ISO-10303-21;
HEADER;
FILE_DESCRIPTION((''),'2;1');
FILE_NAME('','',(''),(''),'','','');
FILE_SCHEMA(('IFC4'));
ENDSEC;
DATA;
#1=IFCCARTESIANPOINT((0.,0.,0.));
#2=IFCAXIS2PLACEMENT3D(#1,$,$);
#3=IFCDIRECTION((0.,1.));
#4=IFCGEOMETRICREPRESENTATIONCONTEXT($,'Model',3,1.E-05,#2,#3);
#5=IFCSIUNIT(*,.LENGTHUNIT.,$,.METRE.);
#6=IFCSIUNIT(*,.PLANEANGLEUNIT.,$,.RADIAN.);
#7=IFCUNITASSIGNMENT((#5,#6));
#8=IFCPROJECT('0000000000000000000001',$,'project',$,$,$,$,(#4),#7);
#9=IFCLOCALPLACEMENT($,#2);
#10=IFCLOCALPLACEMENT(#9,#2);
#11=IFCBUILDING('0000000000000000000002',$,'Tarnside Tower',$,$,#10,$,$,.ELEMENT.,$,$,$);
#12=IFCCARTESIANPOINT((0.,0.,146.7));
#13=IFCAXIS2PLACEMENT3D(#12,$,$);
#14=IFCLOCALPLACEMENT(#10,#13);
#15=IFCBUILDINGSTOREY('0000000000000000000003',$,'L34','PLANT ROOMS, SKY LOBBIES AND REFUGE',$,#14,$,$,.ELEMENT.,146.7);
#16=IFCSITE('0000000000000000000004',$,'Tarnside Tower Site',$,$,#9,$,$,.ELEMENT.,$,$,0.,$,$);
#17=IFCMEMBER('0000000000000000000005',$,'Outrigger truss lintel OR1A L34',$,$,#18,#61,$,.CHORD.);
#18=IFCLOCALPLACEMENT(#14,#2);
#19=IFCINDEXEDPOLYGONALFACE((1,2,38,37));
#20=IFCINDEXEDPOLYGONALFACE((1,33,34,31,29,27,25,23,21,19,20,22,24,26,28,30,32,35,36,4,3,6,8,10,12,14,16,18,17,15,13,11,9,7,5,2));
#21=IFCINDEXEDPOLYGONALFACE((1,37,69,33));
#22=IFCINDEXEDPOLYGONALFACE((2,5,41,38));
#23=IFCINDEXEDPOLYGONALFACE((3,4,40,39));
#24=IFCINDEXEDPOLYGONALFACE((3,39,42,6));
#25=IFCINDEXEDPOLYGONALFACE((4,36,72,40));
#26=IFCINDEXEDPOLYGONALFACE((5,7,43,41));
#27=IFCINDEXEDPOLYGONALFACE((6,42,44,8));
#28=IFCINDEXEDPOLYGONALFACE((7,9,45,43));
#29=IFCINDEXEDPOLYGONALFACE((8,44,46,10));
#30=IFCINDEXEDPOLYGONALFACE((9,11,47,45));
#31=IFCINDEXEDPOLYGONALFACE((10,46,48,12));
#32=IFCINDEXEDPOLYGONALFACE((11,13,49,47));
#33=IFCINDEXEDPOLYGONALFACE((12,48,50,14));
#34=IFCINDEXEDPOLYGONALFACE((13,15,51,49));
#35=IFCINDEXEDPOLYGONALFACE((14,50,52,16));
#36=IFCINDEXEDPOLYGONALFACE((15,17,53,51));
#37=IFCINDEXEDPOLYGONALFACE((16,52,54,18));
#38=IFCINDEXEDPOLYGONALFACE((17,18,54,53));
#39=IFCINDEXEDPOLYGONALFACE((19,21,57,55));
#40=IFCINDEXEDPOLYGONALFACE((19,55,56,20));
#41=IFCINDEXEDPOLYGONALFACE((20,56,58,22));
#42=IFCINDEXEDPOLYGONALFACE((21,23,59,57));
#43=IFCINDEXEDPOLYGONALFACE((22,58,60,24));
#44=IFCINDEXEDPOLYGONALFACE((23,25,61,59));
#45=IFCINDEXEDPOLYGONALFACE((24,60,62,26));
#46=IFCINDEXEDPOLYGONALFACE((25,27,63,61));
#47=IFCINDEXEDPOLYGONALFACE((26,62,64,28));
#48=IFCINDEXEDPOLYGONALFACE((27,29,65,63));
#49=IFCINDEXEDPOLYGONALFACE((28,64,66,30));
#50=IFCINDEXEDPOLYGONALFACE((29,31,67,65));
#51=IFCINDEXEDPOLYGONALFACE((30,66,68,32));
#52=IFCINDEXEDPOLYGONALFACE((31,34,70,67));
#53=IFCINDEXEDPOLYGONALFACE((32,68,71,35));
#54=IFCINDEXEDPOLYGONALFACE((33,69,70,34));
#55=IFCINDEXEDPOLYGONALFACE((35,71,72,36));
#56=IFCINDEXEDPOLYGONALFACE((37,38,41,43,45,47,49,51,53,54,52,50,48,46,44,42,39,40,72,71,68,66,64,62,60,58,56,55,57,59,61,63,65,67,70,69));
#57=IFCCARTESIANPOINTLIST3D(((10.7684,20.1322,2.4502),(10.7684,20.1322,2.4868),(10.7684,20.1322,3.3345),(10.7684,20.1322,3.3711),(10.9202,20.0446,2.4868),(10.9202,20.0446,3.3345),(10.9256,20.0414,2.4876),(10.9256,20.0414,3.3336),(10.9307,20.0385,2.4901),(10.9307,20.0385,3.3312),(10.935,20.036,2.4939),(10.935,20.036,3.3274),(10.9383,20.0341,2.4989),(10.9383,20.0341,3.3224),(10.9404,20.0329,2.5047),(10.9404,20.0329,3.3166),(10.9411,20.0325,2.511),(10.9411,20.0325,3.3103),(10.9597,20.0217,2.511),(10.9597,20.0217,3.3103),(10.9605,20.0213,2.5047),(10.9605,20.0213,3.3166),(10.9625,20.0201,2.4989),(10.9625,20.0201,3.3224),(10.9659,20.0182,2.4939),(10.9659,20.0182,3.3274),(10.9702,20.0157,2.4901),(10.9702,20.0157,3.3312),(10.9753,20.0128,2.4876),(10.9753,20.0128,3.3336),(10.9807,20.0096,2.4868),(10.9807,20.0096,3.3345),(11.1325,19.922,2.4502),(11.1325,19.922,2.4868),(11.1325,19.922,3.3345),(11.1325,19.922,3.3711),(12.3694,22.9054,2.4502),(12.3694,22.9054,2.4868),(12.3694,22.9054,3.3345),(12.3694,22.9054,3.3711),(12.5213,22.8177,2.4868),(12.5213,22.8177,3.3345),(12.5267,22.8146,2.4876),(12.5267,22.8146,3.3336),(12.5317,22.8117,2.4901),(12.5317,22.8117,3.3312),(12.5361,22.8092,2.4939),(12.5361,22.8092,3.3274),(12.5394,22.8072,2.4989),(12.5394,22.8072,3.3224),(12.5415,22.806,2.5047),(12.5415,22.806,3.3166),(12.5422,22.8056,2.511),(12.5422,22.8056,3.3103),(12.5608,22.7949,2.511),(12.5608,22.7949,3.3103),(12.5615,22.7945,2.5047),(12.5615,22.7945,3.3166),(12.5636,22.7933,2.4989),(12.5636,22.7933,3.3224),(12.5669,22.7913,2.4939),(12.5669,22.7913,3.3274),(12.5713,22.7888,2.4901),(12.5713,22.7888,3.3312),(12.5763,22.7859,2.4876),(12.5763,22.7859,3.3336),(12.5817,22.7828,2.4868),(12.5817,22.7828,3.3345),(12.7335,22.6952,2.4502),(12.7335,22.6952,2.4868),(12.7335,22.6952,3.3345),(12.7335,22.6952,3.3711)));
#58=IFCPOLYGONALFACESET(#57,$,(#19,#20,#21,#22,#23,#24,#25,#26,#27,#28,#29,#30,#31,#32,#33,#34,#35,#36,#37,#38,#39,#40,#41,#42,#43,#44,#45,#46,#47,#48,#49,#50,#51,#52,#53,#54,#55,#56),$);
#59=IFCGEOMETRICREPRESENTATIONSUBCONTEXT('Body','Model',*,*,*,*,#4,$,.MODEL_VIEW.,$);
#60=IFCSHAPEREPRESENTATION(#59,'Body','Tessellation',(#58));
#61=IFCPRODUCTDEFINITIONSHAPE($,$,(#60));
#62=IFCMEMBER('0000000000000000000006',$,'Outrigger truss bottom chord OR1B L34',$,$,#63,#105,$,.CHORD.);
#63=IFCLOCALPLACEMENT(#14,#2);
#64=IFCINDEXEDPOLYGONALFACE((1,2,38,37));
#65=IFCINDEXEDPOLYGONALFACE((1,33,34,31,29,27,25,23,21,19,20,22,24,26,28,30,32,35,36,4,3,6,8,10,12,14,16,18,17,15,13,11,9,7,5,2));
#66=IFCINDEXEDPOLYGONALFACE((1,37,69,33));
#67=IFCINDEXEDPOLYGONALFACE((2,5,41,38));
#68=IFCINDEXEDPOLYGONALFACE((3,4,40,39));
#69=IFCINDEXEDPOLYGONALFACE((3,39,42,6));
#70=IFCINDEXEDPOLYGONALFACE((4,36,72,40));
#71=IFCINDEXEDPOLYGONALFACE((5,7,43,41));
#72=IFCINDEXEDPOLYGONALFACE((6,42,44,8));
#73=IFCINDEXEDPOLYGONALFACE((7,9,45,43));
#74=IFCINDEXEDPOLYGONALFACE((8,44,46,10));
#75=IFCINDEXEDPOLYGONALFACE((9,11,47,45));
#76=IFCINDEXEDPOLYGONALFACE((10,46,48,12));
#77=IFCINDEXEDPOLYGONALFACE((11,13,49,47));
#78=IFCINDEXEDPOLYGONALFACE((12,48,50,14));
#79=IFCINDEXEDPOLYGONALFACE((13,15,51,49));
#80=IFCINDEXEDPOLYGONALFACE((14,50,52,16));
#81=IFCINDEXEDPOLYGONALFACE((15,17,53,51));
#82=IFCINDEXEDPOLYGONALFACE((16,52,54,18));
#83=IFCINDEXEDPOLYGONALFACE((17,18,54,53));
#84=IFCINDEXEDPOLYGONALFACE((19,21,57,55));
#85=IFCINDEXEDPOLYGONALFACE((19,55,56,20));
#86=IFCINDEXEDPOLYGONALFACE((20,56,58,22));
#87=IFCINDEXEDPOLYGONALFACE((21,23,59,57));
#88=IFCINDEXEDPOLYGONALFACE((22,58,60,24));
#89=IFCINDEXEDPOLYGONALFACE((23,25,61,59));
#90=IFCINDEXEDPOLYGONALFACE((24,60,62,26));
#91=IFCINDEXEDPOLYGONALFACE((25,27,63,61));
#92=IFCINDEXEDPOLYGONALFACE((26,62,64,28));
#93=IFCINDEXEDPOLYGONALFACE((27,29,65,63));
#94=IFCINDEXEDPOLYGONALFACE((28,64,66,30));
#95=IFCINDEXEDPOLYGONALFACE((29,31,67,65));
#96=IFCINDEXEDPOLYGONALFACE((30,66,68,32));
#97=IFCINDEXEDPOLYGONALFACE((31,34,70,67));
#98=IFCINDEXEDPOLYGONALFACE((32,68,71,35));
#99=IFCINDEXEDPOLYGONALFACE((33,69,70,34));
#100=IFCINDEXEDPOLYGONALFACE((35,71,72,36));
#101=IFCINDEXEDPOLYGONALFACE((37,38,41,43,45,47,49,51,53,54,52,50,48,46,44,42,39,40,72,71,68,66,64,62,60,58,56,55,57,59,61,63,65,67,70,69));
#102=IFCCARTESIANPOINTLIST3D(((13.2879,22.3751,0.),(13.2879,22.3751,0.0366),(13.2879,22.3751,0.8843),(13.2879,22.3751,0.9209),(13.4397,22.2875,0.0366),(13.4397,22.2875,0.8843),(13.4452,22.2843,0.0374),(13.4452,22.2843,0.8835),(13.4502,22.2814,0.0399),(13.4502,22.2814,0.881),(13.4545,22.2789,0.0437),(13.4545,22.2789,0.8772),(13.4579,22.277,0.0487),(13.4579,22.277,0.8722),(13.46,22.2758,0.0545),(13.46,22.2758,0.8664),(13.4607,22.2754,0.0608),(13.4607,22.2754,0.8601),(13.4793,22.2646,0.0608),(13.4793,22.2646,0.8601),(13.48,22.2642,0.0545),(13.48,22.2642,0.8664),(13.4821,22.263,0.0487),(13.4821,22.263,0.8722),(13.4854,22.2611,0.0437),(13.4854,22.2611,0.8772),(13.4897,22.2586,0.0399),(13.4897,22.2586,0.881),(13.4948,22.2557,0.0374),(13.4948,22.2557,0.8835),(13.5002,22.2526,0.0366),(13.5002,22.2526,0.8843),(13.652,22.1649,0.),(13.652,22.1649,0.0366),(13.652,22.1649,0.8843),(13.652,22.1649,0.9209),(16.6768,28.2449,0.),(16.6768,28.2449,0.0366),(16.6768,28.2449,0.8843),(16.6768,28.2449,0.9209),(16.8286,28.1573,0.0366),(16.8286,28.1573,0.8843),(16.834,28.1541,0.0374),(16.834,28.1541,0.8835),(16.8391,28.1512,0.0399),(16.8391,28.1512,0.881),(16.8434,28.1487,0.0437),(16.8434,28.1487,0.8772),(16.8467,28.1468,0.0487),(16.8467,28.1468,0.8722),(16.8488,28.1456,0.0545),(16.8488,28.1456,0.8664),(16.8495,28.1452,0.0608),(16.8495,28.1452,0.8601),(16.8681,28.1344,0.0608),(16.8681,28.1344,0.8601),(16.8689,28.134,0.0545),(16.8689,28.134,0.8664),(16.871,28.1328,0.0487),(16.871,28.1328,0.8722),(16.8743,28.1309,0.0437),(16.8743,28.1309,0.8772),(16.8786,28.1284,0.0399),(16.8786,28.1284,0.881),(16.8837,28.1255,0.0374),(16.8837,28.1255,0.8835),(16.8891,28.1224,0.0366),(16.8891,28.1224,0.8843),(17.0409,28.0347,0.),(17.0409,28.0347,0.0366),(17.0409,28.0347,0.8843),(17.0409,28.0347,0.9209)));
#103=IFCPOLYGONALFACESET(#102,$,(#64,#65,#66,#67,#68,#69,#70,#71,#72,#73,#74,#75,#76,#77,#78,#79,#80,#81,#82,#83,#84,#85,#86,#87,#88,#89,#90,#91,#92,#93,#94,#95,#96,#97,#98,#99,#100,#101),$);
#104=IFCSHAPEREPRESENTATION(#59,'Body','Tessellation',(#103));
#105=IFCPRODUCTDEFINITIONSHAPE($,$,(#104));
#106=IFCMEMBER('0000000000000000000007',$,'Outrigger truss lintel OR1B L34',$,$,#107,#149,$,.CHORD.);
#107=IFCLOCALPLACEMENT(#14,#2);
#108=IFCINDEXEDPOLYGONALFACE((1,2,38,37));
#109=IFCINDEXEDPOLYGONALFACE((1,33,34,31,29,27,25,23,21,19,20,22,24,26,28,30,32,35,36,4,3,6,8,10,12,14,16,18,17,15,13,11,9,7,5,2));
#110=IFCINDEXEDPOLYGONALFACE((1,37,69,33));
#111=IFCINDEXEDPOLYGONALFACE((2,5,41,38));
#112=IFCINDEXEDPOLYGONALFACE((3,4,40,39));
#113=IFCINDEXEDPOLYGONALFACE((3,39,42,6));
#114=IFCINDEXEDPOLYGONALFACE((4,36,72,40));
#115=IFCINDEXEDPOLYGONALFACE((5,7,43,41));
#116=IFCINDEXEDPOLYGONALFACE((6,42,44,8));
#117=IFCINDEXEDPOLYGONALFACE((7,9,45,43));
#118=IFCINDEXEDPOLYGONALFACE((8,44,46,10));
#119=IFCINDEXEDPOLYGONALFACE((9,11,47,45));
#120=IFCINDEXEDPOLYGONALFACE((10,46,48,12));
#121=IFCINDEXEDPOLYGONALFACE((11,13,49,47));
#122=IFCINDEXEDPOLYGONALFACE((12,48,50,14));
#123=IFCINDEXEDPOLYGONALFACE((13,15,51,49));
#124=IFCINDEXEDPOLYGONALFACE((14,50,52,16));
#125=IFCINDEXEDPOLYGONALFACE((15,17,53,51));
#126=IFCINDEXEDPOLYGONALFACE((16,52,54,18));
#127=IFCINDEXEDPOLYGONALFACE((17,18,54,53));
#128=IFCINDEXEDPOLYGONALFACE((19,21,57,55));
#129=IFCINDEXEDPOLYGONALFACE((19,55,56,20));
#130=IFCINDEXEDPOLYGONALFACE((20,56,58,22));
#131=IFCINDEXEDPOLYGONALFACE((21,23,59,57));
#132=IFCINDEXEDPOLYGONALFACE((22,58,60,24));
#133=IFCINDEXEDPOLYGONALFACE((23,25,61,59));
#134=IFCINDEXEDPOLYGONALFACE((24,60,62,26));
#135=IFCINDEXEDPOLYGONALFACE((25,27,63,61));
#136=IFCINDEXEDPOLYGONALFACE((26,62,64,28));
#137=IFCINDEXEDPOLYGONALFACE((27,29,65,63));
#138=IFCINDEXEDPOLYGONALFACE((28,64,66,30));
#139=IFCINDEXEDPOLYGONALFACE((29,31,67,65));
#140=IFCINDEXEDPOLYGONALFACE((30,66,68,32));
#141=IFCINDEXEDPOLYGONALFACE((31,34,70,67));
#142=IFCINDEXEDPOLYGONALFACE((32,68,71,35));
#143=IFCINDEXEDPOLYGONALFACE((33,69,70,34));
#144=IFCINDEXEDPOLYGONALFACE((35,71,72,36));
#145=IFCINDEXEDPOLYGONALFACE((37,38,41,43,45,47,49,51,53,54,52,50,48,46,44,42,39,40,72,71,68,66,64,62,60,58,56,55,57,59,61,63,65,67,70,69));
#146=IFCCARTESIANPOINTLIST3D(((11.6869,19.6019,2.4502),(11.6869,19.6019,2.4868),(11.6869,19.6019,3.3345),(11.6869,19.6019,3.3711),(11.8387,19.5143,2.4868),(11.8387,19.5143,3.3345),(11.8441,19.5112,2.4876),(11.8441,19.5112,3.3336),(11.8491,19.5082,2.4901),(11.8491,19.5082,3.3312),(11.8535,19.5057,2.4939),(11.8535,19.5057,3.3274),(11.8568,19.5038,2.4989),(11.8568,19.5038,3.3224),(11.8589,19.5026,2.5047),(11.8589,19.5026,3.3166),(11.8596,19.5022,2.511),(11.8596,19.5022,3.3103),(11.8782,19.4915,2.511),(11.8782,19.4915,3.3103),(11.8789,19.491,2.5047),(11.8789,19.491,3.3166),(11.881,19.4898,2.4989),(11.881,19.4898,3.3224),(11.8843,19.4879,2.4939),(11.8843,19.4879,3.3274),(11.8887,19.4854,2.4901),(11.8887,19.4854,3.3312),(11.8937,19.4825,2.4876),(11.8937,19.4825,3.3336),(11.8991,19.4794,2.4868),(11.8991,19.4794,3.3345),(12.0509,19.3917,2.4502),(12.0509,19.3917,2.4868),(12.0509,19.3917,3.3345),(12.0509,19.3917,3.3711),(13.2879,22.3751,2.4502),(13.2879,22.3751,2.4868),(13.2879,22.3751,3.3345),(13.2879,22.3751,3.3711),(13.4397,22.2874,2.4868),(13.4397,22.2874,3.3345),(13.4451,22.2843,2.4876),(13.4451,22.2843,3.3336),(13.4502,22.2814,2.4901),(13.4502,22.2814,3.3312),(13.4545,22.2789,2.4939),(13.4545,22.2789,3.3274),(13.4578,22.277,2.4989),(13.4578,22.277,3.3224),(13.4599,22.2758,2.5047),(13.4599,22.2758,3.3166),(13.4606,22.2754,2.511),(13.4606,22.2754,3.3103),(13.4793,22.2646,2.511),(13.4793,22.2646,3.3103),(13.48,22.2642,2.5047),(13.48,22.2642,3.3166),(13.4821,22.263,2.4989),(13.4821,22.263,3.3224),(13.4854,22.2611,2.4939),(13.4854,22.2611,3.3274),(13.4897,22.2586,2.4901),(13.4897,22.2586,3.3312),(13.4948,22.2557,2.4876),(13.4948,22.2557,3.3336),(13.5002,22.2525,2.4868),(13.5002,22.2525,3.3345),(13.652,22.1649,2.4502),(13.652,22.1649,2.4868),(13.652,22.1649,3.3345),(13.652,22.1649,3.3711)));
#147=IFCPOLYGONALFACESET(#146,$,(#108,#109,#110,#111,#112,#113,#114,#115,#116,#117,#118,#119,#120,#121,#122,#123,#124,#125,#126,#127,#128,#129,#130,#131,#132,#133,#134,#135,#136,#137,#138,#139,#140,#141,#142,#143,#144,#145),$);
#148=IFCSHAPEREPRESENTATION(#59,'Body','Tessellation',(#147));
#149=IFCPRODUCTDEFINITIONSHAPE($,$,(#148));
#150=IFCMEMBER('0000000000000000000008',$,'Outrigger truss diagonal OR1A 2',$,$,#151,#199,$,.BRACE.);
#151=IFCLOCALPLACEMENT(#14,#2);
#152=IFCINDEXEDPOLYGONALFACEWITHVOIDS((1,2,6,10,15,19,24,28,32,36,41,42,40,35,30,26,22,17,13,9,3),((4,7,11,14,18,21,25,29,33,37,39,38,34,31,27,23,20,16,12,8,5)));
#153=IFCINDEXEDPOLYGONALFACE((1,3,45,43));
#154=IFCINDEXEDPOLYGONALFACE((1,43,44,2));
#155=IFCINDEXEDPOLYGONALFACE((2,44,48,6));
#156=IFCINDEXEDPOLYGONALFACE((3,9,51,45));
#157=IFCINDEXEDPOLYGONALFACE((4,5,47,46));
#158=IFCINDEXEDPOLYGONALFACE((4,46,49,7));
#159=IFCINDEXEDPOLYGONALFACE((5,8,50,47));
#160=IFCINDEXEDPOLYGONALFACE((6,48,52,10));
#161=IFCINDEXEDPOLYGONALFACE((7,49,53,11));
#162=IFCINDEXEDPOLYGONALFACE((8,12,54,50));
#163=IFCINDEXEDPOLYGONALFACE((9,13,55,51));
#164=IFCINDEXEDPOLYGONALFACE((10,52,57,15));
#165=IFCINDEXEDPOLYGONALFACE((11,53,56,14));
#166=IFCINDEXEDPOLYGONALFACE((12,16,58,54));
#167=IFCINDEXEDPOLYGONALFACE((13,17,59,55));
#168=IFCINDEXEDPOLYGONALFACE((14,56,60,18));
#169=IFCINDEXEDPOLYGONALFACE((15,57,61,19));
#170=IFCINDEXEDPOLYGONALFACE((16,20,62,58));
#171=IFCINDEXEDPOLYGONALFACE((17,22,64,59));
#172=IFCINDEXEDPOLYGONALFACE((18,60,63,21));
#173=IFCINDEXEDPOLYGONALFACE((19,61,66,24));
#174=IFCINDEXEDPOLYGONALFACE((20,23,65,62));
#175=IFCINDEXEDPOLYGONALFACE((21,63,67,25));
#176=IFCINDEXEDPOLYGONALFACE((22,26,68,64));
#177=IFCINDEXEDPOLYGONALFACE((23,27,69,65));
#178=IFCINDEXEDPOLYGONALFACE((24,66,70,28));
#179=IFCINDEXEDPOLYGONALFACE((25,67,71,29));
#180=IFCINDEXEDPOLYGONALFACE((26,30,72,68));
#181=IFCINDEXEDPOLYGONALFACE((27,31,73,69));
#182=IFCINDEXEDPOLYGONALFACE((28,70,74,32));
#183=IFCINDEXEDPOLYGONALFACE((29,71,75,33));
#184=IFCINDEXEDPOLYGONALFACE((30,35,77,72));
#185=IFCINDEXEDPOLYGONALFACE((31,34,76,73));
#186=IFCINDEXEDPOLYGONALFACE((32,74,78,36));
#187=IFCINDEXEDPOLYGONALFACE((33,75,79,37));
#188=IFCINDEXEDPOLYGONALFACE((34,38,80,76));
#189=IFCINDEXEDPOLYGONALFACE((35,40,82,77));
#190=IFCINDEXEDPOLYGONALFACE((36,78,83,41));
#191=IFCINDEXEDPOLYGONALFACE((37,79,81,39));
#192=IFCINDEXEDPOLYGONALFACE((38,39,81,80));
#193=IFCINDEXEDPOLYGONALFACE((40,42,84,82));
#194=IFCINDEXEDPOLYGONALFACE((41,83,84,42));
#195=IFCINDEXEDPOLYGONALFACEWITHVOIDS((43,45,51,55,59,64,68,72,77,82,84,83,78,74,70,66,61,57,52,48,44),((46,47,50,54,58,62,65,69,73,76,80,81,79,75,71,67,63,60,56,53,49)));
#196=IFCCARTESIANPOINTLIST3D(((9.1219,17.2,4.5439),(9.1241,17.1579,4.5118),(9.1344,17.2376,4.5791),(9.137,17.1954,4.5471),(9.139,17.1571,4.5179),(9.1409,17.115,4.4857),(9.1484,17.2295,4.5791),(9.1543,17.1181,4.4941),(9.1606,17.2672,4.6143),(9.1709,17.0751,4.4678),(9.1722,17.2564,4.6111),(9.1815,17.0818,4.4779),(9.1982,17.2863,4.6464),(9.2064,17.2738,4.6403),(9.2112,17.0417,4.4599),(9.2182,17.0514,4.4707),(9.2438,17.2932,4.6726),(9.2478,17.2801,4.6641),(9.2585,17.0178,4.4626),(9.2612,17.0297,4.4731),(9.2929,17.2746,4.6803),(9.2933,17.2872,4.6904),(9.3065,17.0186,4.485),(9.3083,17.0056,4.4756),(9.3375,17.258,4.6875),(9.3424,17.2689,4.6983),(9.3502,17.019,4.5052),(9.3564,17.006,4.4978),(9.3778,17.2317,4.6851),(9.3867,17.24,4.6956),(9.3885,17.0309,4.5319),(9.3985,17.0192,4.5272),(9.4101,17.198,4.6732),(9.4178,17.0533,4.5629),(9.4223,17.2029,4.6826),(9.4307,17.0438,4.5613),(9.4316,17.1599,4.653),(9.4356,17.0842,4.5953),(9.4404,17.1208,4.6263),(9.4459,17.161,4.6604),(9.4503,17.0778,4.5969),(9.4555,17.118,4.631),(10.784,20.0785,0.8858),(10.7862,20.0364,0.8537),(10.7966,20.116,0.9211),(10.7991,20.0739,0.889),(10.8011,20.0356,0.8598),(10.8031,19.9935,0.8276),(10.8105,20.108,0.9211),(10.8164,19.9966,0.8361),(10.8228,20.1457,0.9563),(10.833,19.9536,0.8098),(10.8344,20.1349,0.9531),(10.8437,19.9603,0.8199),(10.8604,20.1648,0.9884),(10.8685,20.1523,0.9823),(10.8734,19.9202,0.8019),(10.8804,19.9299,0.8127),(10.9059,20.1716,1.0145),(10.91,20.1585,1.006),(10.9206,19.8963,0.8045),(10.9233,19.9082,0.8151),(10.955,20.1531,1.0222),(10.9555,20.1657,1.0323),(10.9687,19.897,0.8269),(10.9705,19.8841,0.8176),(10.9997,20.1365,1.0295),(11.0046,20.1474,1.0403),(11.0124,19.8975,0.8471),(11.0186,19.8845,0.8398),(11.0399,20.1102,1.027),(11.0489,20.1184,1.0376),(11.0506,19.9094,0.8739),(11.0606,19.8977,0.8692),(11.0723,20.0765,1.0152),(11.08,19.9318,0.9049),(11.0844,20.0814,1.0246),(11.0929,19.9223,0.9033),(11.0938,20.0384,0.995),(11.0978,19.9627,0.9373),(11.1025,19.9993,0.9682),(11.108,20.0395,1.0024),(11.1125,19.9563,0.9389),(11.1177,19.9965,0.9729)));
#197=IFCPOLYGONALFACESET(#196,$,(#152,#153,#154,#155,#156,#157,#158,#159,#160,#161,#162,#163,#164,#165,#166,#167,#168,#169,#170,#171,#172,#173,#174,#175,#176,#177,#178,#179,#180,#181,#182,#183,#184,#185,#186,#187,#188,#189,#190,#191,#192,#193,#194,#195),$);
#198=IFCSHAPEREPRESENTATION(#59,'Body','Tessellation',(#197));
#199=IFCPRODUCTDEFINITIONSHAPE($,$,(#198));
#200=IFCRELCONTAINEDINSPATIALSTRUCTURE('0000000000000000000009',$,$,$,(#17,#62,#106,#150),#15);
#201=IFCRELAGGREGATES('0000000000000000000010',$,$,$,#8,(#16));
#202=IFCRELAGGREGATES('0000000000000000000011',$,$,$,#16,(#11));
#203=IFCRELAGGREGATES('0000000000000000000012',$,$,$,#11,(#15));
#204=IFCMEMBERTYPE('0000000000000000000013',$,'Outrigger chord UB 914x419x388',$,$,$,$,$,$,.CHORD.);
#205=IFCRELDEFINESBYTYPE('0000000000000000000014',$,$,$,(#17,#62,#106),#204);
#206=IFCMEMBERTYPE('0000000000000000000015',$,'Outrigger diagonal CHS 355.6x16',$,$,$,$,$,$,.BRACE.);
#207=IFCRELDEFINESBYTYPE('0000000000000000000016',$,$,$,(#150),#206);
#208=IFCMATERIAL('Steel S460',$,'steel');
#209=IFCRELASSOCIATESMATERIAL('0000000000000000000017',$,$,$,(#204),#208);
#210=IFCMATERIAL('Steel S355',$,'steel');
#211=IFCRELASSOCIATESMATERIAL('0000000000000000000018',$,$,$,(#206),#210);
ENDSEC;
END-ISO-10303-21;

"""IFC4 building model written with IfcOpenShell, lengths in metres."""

from ifc_helpers import new_model, si_unit, direction, frame, origin, origin_2d, place, context, subcontext, project, spatial, hollow_circle, i_section, extrude, material, material_profile, profile_set, type_object, element, save


model = new_model("IFC4")

# Units and contexts
model_context = context("Model", 3, precision=1e-05, world=origin(), true_north=direction((0.0, 1.0)))
body_context = subcontext(model_context, "Body", "Model", "MODEL_VIEW")
ifc_project = project(units=[si_unit("LENGTHUNIT", "METRE"), si_unit("PLANEANGLEUNIT", "RADIAN")], contexts=[model_context])

# Site, building, storey
site_placement = place(None, origin())
site = spatial("IfcSite", under=ifc_project, at=site_placement, Name="Tarnside Tower Site", CompositionType="ELEMENT", RefElevation=0.0)
building_placement = place(site_placement, origin())
building = spatial("IfcBuilding", under=site, at=building_placement, Name="Tarnside Tower", CompositionType="ELEMENT")
storey_placement = place(building_placement, frame((0.0, 0.0, 146.7)))
storey = spatial("IfcBuildingStorey", under=building, at=storey_placement, Name="L34", Description="PLANT ROOMS, SKY LOBBIES AND REFUGE", CompositionType="ELEMENT", Elevation=146.7)

# Members
ifc_material_1 = material(Name="Steel S460", Category="steel")
ifc_material_profile_1 = material_profile(ifc_material_1, i_section(OverallWidth=0.4204, OverallDepth=0.9209, WebThickness=0.0215, FlangeThickness=0.0366, FilletRadius=0.0242, at=origin_2d()), Name="UB 914x419x388")
ifc_profile_set_1 = profile_set([ifc_material_profile_1], Name="Steel S460")
member_type_1 = type_object("IfcMemberType", Name="Outrigger chord UB 914x419x388", PredefinedType="CHORD", material=ifc_profile_set_1)
member_1_placement = place(storey_placement, frame((10.9504, 20.0271, 2.9106), z_axis=(0.499993, 0.866029, 0.0), x_axis=(-0.866029, 0.499993, 0.0)))
element("IfcMember", 1, at=member_1_placement, inside=storey, type_object=member_type_1, Name="Outrigger truss lintel OR1A L34", PredefinedType="CHORD", context=body_context, shape_type="SweptSolid", body=[
    extrude(i_section(OverallWidth=0.4204, OverallDepth=0.9209, WebThickness=0.0215, FlangeThickness=0.0366, FilletRadius=0.0242, at=origin_2d()), origin(), (0.0, 0.0, 1.0), 3.2021),
])
member_2_placement = place(storey_placement, frame((13.47, 22.27, 0.4604), z_axis=(0.499994, 0.866029, 0.0), x_axis=(-0.866029, 0.499994, 0.0)))
element("IfcMember", 2, at=member_2_placement, inside=storey, type_object=member_type_1, Name="Outrigger truss bottom chord OR1B L34", PredefinedType="CHORD", context=body_context, shape_type="SweptSolid", body=[
    extrude(i_section(OverallWidth=0.4204, OverallDepth=0.9209, WebThickness=0.0215, FlangeThickness=0.0366, FilletRadius=0.0242, at=origin_2d()), origin(), (0.0, 0.0, 1.0), 6.7778),
])
member_3_placement = place(storey_placement, frame((11.8689, 19.4968, 2.9106), z_axis=(0.499993, 0.866029, 0.0), x_axis=(-0.866029, 0.499993, 0.0)))
element("IfcMember", 3, at=member_3_placement, inside=storey, type_object=member_type_1, Name="Outrigger truss lintel OR1B L34", PredefinedType="CHORD", context=body_context, shape_type="SweptSolid", body=[
    extrude(i_section(OverallWidth=0.4204, OverallDepth=0.9209, WebThickness=0.0215, FlangeThickness=0.0366, FilletRadius=0.0242, at=origin_2d()), origin(), (0.0, 0.0, 1.0), 3.2021),
])
ifc_material_2 = material(Name="Steel S355", Category="steel")
ifc_material_profile_2 = material_profile(ifc_material_2, hollow_circle(Radius=0.1777, WallThickness=0.0161, at=origin_2d()), Name="CHS 355.6x16")
ifc_profile_set_2 = profile_set([ifc_material_profile_2], Name="Steel S355")
member_type_2 = type_object("IfcMemberType", Name="Outrigger diagonal CHS 355.6x16", PredefinedType="BRACE", material=ifc_profile_set_2)
member_4_placement = place(storey_placement, frame((9.2883, 17.1487, 4.5791), z_axis=(0.336287, 0.582378, -0.740099), x_axis=(-0.865992, 0.500057, 0.0)))
element("IfcMember", 4, at=member_4_placement, inside=storey, type_object=member_type_2, Name="Outrigger truss diagonal OR1A 2", PredefinedType="BRACE", context=body_context, shape_type="SweptSolid", body=[
    extrude(hollow_circle(Radius=0.1777, WallThickness=0.0161, at=origin_2d()), origin(), (0.0, 0.0, 1.0), 4.9426),
])

save(model, "model.ifc")
